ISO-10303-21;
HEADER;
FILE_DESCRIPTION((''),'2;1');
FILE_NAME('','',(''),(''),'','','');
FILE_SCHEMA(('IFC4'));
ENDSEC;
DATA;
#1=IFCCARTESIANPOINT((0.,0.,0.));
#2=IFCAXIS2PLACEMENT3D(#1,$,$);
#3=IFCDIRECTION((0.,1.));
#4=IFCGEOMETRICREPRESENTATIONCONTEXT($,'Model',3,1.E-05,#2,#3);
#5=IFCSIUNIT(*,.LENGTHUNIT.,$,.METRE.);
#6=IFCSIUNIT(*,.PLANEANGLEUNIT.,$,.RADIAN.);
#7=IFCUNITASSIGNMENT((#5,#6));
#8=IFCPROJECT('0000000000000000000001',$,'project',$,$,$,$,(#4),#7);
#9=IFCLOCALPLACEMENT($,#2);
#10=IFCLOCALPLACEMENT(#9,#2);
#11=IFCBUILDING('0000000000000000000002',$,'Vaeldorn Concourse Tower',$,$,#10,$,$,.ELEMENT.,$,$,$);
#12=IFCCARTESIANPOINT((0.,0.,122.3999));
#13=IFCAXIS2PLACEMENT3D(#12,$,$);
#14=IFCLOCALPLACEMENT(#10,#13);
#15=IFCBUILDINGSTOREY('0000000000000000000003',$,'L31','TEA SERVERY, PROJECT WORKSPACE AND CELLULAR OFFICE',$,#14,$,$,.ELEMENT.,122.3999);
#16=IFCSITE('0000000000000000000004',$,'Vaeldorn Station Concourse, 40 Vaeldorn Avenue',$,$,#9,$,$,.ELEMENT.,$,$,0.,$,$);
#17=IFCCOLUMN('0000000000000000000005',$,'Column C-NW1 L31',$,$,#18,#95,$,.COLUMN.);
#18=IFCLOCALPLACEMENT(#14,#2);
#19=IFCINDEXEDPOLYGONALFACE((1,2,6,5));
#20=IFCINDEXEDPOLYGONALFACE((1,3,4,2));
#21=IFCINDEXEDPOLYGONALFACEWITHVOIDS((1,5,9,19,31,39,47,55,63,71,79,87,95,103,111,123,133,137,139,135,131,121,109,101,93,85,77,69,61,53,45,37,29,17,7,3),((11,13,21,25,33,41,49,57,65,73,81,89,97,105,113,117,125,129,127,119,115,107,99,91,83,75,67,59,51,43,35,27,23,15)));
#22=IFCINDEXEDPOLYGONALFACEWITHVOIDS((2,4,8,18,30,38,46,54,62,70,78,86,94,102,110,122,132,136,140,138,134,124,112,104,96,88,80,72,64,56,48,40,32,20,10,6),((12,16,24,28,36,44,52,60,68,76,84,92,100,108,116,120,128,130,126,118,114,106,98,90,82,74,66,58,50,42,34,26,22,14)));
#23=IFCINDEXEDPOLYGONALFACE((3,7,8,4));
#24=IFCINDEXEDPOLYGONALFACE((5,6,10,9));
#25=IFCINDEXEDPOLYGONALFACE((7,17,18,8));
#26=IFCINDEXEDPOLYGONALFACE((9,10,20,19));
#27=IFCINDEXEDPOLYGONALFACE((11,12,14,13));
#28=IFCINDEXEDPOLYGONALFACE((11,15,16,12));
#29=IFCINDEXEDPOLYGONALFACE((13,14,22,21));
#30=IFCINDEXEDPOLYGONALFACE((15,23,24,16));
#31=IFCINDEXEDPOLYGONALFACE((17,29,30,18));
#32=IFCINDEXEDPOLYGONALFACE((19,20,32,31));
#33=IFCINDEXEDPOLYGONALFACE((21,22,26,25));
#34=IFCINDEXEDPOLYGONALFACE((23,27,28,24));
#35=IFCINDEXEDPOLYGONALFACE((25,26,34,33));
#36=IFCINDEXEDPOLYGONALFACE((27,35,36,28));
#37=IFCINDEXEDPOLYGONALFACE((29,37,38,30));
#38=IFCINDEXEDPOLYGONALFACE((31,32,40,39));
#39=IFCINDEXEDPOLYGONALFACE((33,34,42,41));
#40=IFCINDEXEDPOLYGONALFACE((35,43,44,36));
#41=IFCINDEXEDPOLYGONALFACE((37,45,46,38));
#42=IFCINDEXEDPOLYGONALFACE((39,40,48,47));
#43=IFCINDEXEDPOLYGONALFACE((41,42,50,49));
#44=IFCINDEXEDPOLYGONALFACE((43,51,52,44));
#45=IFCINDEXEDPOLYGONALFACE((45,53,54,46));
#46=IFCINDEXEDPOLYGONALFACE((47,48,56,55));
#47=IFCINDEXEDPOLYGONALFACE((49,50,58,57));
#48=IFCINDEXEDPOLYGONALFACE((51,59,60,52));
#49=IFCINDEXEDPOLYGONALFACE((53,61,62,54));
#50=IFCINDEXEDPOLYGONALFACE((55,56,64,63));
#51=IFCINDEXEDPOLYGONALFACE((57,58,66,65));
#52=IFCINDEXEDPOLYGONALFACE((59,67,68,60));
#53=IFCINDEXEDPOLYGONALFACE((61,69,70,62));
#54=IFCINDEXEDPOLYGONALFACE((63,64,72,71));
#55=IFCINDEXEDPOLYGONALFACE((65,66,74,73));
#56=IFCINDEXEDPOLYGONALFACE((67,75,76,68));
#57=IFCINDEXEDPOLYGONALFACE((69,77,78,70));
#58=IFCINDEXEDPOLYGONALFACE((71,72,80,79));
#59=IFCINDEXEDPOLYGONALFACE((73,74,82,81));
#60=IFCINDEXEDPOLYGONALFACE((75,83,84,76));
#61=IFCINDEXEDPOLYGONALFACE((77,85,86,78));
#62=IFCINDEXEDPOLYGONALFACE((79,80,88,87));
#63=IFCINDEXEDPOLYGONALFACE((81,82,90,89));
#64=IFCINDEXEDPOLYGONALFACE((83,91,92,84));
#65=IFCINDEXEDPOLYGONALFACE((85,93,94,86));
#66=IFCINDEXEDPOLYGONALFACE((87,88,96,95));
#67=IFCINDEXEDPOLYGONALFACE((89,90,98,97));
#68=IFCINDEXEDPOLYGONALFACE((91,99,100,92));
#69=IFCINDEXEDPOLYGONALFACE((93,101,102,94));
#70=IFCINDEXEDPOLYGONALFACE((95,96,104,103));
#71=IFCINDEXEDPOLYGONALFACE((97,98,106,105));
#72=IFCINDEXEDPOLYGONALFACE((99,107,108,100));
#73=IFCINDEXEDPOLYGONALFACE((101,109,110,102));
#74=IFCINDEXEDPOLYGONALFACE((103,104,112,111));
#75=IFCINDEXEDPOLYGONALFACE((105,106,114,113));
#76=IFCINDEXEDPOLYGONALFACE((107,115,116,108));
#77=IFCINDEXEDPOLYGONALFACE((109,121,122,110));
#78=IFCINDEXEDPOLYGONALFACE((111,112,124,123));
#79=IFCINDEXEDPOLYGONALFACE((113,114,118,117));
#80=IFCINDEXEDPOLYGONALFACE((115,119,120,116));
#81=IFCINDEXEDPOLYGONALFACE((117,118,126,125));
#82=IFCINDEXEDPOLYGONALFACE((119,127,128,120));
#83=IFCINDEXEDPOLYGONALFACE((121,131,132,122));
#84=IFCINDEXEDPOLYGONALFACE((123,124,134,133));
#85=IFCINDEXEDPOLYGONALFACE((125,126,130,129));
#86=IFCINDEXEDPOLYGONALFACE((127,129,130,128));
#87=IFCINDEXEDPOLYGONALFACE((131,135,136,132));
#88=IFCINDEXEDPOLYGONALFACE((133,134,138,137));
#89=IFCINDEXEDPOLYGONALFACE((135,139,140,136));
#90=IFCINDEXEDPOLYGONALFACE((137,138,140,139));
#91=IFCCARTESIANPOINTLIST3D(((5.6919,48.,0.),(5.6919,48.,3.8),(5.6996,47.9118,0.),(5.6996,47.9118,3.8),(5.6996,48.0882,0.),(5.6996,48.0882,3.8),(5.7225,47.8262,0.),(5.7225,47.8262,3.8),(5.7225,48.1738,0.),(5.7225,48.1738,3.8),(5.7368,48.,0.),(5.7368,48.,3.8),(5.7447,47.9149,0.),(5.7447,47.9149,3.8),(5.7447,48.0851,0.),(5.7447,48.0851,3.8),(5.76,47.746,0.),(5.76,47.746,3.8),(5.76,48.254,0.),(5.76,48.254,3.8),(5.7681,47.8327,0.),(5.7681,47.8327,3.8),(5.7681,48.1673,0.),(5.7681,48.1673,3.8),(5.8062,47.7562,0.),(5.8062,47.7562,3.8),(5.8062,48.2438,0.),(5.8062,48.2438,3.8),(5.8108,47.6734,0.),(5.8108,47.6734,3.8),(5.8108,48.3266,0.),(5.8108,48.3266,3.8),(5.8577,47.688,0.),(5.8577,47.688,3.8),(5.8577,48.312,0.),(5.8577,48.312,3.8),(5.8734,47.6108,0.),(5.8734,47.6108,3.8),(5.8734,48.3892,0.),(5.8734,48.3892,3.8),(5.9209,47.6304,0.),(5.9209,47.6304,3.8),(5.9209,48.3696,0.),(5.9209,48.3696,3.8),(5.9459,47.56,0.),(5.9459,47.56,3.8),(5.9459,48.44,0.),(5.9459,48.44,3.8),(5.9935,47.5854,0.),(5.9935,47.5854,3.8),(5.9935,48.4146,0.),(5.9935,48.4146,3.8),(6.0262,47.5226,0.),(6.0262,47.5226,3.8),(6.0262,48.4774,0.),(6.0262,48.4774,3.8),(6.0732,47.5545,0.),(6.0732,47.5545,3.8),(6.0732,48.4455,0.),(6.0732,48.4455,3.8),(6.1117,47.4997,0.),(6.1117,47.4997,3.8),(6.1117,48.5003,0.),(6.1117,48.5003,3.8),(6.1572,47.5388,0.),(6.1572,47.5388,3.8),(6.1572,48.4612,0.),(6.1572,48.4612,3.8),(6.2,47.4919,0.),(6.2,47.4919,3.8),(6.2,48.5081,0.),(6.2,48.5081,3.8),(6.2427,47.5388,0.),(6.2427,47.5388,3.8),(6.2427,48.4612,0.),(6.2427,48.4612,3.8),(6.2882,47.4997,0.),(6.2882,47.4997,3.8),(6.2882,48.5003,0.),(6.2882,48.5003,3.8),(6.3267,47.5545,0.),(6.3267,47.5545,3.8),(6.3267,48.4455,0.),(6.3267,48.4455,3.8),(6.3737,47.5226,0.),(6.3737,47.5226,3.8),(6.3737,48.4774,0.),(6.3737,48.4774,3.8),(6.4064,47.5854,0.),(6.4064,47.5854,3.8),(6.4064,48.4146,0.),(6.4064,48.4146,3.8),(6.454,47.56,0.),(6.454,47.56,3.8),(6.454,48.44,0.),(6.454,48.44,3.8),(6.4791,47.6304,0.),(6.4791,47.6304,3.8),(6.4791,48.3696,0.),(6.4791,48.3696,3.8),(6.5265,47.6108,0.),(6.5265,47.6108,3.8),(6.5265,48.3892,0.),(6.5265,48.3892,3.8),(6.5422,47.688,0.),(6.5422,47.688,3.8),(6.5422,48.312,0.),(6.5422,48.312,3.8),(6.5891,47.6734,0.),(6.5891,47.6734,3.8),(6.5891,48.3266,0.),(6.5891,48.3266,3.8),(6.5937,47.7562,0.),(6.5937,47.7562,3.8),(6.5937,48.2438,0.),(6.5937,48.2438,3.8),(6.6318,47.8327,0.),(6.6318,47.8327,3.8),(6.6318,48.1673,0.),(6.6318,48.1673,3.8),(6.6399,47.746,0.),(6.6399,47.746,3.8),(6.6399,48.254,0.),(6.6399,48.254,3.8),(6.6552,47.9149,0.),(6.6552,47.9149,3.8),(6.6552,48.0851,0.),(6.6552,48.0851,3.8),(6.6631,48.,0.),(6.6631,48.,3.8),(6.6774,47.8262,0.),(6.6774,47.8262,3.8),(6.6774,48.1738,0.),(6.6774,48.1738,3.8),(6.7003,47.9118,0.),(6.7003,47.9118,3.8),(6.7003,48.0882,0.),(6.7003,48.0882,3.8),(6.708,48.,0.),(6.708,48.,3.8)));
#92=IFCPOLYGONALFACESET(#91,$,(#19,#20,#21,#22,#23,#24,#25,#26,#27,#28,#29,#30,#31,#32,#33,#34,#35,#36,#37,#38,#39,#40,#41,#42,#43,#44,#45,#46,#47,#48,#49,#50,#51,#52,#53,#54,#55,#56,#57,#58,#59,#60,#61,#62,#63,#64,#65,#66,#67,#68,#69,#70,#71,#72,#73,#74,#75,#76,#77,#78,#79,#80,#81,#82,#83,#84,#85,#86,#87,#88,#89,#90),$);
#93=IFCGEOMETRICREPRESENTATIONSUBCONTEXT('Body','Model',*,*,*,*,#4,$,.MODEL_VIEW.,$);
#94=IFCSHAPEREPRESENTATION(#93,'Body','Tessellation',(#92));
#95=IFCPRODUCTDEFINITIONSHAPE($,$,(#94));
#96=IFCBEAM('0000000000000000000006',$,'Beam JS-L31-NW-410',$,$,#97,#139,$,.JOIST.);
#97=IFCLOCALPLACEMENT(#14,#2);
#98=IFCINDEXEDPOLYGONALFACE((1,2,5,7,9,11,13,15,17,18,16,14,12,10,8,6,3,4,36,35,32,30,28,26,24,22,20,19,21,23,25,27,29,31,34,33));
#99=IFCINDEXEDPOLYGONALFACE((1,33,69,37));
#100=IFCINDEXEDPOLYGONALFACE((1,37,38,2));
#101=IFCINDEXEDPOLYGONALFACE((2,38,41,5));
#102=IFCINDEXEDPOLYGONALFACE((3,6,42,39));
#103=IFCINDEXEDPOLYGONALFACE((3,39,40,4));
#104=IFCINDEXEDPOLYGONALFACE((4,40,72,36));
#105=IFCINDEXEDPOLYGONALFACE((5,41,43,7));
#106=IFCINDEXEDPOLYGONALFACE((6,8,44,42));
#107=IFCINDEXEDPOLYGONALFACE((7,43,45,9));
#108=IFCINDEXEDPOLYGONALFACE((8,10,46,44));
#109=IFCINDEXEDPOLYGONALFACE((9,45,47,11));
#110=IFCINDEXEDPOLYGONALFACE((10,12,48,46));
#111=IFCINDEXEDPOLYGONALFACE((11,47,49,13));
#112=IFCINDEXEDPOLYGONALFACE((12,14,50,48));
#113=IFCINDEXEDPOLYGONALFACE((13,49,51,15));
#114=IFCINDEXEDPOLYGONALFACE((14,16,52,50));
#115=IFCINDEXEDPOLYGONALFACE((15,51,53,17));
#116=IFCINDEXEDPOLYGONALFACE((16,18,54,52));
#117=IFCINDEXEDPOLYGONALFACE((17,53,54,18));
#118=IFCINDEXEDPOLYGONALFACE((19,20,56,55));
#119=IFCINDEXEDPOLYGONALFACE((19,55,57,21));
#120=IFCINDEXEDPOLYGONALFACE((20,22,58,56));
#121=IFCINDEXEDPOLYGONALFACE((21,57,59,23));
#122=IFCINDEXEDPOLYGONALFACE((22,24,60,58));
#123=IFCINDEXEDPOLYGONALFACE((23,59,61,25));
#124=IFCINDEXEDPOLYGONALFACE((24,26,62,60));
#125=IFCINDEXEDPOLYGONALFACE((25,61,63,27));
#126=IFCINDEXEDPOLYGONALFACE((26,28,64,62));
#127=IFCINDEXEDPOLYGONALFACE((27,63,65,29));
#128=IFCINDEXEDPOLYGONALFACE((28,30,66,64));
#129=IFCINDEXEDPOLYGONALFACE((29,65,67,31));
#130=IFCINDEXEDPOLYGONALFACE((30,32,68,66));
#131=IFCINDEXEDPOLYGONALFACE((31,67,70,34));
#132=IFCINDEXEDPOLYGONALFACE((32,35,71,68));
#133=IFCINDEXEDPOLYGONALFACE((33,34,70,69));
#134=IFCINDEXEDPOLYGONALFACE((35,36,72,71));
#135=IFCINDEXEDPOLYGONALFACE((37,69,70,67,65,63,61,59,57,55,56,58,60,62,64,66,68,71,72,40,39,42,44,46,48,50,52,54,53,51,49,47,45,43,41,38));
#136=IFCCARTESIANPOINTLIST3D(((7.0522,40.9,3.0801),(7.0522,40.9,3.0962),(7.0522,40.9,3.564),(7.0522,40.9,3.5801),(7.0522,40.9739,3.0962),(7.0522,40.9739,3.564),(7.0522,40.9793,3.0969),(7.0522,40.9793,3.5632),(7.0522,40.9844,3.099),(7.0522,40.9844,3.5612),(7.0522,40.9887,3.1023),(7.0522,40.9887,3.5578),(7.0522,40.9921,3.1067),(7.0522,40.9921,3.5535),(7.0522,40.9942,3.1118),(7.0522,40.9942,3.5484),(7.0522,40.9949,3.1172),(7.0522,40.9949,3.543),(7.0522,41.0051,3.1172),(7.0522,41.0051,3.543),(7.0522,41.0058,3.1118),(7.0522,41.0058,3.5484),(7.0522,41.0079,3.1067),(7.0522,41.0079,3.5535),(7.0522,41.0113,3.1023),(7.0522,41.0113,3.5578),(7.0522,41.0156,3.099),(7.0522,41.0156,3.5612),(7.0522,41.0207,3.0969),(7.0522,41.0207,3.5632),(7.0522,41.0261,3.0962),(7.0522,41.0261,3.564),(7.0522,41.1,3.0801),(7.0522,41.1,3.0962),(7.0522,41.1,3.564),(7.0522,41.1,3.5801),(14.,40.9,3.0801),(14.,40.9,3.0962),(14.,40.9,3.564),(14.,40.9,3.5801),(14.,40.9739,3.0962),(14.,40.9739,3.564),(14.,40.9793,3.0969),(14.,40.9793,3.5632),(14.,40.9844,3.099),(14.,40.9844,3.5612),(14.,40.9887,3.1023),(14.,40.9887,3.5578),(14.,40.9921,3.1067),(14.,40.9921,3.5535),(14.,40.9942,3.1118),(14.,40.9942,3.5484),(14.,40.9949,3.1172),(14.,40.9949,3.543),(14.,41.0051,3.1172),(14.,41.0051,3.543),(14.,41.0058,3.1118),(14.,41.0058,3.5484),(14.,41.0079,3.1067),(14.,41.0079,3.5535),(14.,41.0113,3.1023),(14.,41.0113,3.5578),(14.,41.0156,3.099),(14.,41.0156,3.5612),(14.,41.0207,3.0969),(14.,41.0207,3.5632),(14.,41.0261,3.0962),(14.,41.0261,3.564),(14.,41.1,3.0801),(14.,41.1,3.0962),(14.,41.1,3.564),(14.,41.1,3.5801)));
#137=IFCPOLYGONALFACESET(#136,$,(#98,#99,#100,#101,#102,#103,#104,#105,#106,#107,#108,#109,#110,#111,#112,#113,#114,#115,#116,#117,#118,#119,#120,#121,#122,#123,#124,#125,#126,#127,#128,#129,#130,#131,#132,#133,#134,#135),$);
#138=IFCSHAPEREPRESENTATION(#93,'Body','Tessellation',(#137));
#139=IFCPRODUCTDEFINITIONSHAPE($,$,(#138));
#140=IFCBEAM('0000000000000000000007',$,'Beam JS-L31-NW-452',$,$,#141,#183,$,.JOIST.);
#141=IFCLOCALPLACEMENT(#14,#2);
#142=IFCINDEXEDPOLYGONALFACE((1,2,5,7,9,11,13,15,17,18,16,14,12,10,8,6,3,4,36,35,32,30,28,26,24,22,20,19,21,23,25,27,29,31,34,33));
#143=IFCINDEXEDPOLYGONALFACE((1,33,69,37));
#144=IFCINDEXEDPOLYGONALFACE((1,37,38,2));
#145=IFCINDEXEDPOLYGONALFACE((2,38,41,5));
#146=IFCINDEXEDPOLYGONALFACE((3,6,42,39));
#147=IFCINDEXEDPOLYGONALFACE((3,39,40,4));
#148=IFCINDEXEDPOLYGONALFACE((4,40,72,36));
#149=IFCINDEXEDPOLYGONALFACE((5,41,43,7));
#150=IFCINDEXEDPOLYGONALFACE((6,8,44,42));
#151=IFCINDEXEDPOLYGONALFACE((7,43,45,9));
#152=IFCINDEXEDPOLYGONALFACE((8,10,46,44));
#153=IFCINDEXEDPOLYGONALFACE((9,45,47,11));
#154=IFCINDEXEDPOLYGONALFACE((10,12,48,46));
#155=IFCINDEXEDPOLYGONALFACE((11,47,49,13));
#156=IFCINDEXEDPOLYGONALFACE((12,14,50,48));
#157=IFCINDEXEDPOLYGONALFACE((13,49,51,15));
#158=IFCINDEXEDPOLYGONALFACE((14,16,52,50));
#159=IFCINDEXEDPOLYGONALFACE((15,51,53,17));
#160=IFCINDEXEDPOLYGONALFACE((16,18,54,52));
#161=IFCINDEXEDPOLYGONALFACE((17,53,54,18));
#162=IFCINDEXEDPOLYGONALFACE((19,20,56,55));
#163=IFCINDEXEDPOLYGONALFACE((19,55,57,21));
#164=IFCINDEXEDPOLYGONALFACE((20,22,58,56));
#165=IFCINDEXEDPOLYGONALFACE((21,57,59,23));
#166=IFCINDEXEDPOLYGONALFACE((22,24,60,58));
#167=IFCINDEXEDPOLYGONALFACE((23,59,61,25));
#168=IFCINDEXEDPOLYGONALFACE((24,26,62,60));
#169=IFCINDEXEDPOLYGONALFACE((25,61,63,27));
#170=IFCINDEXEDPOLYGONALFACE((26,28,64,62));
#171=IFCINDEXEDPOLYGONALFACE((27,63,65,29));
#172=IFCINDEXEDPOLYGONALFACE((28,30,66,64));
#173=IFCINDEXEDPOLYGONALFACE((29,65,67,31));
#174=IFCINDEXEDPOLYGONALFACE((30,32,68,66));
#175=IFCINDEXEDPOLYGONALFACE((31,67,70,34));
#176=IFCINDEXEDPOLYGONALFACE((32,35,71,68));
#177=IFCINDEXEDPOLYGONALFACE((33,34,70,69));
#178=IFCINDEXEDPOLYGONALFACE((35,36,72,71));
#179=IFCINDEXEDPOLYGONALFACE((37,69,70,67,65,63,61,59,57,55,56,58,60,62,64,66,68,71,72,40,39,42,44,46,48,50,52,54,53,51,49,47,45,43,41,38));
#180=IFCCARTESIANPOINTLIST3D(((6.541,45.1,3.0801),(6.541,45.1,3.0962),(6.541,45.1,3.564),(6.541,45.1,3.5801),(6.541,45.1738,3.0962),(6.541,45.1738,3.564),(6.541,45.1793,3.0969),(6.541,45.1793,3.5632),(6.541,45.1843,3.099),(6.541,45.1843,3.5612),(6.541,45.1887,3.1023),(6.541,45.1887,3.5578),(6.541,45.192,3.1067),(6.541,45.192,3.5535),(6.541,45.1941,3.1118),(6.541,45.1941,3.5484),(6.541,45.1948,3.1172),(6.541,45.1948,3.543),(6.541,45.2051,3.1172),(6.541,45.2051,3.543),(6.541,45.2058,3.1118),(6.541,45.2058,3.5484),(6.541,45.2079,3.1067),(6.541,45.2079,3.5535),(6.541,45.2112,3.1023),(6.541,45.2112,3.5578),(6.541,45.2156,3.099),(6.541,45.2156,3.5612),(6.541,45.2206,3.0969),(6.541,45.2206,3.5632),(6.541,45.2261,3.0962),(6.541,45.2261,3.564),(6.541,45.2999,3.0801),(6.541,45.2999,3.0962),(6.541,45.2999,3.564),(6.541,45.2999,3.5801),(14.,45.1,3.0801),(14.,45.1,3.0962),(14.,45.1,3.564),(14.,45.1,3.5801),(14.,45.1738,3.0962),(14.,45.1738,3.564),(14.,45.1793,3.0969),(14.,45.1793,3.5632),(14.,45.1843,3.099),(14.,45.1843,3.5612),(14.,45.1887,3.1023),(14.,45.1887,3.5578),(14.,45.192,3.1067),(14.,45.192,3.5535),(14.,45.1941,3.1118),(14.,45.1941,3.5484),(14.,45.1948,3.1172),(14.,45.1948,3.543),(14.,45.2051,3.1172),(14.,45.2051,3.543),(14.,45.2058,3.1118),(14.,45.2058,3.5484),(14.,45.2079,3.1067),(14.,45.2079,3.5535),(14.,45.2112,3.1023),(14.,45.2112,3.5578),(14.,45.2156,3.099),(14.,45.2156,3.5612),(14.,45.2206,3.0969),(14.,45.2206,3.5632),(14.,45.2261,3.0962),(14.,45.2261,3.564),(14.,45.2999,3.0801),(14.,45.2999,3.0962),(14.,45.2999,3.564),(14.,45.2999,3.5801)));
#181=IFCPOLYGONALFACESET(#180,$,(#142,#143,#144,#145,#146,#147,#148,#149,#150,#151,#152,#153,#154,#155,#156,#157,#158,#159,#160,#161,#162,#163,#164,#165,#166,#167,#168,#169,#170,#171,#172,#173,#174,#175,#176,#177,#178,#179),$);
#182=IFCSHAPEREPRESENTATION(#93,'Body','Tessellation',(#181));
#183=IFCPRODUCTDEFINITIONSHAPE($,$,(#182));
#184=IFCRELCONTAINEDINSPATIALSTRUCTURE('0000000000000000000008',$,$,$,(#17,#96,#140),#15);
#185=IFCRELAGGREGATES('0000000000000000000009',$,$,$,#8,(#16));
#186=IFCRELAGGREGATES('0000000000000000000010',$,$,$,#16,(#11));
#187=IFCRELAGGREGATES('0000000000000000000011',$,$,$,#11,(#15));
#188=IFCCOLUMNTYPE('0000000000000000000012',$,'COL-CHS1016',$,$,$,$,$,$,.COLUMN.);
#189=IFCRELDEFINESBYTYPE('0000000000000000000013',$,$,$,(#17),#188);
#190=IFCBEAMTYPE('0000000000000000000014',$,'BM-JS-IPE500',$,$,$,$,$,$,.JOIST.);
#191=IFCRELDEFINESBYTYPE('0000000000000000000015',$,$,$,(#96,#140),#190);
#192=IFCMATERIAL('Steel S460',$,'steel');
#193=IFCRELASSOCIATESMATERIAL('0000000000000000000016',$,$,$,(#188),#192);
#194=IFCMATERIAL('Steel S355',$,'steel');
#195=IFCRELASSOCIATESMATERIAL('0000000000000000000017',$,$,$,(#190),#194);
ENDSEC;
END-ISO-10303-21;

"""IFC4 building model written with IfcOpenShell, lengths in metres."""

from ifc_helpers import new_model, si_unit, direction, frame, origin, origin_2d, place, context, subcontext, project, spatial, hollow_circle, i_section, extrude, source, transform, mapped, material, material_profile, profile_set, type_object, element, save


model = new_model("IFC4")

# Units and contexts
model_context = context("Model", 3, precision=1e-05, world=origin(), true_north=direction((0.0, 1.0)))
body_context = subcontext(model_context, "Body", "Model", "MODEL_VIEW")
ifc_project = project(units=[si_unit("LENGTHUNIT", "METRE"), si_unit("PLANEANGLEUNIT", "RADIAN")], contexts=[model_context])

# Site, building, storey
site_placement = place(None, origin())
site = spatial("IfcSite", under=ifc_project, at=site_placement, Name="Vaeldorn Station Concourse, 40 Vaeldorn Avenue", CompositionType="ELEMENT", RefElevation=0.0)
building_placement = place(site_placement, origin())
building = spatial("IfcBuilding", under=site, at=building_placement, Name="Vaeldorn Concourse Tower", CompositionType="ELEMENT")
storey_placement = place(building_placement, frame((0.0, 0.0, 122.3999)))
storey = spatial("IfcBuildingStorey", under=building, at=storey_placement, Name="L31", Description="TEA SERVERY, PROJECT WORKSPACE AND CELLULAR OFFICE", CompositionType="ELEMENT", Elevation=122.3999)

# Column
ifc_material_1 = material(Name="Steel S460", Category="steel")
ifc_material_profile_1 = material_profile(ifc_material_1, hollow_circle(Radius=0.5081, WallThickness=0.0449, at=origin_2d()), Name="CHS 1016x45")
ifc_profile_set_1 = profile_set([ifc_material_profile_1], Name="Steel S460")
column_type = type_object("IfcColumnType", Name="COL-CHS1016", PredefinedType="COLUMN", material=ifc_profile_set_1)
shared_shape_1 = source(origin(), body_context, "Body", "SweptSolid", [
    extrude(hollow_circle(Radius=0.5081, WallThickness=0.0449, at=origin_2d()), origin(), (0.0, 0.0, 1.0), 3.8),
])
column_placement = place(storey_placement, frame((6.2, 48.0, 0.0), z_axis=(0.0, 0.0, 1.0), x_axis=(1.0, 0.0, 0.0)))
element("IfcColumn", 1, at=column_placement, inside=storey, type_object=column_type, Name="Column C-NW1 L31", PredefinedType="COLUMN", context=body_context, shape_type="MappedRepresentation", body=[
    mapped(shared_shape_1, transform((0.0, 0.0, 0.0), scale=1.0)),
])

# Beams
ifc_material_2 = material(Name="Steel S355", Category="steel")
ifc_material_profile_2 = material_profile(ifc_material_2, i_section(OverallWidth=0.2, OverallDepth=0.5, WebThickness=0.0103, FlangeThickness=0.0161, FilletRadius=0.021, at=origin_2d()), Name="IPE 500")
ifc_profile_set_2 = profile_set([ifc_material_profile_2], Name="Steel S355")
beam_type_1 = type_object("IfcBeamType", Name="BM-JS-IPE500", PredefinedType="JOIST", material=ifc_profile_set_2)
shared_shape_2 = source(origin(), body_context, "Body", "SweptSolid", [
    extrude(i_section(OverallWidth=0.2, OverallDepth=0.5, WebThickness=0.0103, FlangeThickness=0.0161, FilletRadius=0.021, at=origin_2d()), origin(), (0.0, 0.0, 1.0), 6.9478),
])
beam_1_placement = place(storey_placement, frame((7.0522, 41.0, 3.3301), z_axis=(1.0, 0.0, 0.0), x_axis=(0.0, 1.0, 0.0)))
element("IfcBeam", 2, at=beam_1_placement, inside=storey, type_object=beam_type_1, Name="Beam JS-L31-NW-410", PredefinedType="JOIST", context=body_context, shape_type="MappedRepresentation", body=[
    mapped(shared_shape_2, transform((0.0, 0.0, 0.0), scale=1.0)),
])
shared_shape_3 = source(origin(), body_context, "Body", "SweptSolid", [
    extrude(i_section(OverallWidth=0.2, OverallDepth=0.5, WebThickness=0.0103, FlangeThickness=0.0161, FilletRadius=0.021, at=origin_2d()), origin(), (0.0, 0.0, 1.0), 7.459),
])
beam_2_placement = place(storey_placement, frame((6.541, 45.2, 3.3301), z_axis=(1.0, 0.0, 0.0), x_axis=(0.0, 1.0, 0.0)))
element("IfcBeam", 3, at=beam_2_placement, inside=storey, type_object=beam_type_1, Name="Beam JS-L31-NW-452", PredefinedType="JOIST", context=body_context, shape_type="MappedRepresentation", body=[
    mapped(shared_shape_3, transform((0.0, 0.0, 0.0), scale=1.0)),
])

save(model, "model.ifc")
